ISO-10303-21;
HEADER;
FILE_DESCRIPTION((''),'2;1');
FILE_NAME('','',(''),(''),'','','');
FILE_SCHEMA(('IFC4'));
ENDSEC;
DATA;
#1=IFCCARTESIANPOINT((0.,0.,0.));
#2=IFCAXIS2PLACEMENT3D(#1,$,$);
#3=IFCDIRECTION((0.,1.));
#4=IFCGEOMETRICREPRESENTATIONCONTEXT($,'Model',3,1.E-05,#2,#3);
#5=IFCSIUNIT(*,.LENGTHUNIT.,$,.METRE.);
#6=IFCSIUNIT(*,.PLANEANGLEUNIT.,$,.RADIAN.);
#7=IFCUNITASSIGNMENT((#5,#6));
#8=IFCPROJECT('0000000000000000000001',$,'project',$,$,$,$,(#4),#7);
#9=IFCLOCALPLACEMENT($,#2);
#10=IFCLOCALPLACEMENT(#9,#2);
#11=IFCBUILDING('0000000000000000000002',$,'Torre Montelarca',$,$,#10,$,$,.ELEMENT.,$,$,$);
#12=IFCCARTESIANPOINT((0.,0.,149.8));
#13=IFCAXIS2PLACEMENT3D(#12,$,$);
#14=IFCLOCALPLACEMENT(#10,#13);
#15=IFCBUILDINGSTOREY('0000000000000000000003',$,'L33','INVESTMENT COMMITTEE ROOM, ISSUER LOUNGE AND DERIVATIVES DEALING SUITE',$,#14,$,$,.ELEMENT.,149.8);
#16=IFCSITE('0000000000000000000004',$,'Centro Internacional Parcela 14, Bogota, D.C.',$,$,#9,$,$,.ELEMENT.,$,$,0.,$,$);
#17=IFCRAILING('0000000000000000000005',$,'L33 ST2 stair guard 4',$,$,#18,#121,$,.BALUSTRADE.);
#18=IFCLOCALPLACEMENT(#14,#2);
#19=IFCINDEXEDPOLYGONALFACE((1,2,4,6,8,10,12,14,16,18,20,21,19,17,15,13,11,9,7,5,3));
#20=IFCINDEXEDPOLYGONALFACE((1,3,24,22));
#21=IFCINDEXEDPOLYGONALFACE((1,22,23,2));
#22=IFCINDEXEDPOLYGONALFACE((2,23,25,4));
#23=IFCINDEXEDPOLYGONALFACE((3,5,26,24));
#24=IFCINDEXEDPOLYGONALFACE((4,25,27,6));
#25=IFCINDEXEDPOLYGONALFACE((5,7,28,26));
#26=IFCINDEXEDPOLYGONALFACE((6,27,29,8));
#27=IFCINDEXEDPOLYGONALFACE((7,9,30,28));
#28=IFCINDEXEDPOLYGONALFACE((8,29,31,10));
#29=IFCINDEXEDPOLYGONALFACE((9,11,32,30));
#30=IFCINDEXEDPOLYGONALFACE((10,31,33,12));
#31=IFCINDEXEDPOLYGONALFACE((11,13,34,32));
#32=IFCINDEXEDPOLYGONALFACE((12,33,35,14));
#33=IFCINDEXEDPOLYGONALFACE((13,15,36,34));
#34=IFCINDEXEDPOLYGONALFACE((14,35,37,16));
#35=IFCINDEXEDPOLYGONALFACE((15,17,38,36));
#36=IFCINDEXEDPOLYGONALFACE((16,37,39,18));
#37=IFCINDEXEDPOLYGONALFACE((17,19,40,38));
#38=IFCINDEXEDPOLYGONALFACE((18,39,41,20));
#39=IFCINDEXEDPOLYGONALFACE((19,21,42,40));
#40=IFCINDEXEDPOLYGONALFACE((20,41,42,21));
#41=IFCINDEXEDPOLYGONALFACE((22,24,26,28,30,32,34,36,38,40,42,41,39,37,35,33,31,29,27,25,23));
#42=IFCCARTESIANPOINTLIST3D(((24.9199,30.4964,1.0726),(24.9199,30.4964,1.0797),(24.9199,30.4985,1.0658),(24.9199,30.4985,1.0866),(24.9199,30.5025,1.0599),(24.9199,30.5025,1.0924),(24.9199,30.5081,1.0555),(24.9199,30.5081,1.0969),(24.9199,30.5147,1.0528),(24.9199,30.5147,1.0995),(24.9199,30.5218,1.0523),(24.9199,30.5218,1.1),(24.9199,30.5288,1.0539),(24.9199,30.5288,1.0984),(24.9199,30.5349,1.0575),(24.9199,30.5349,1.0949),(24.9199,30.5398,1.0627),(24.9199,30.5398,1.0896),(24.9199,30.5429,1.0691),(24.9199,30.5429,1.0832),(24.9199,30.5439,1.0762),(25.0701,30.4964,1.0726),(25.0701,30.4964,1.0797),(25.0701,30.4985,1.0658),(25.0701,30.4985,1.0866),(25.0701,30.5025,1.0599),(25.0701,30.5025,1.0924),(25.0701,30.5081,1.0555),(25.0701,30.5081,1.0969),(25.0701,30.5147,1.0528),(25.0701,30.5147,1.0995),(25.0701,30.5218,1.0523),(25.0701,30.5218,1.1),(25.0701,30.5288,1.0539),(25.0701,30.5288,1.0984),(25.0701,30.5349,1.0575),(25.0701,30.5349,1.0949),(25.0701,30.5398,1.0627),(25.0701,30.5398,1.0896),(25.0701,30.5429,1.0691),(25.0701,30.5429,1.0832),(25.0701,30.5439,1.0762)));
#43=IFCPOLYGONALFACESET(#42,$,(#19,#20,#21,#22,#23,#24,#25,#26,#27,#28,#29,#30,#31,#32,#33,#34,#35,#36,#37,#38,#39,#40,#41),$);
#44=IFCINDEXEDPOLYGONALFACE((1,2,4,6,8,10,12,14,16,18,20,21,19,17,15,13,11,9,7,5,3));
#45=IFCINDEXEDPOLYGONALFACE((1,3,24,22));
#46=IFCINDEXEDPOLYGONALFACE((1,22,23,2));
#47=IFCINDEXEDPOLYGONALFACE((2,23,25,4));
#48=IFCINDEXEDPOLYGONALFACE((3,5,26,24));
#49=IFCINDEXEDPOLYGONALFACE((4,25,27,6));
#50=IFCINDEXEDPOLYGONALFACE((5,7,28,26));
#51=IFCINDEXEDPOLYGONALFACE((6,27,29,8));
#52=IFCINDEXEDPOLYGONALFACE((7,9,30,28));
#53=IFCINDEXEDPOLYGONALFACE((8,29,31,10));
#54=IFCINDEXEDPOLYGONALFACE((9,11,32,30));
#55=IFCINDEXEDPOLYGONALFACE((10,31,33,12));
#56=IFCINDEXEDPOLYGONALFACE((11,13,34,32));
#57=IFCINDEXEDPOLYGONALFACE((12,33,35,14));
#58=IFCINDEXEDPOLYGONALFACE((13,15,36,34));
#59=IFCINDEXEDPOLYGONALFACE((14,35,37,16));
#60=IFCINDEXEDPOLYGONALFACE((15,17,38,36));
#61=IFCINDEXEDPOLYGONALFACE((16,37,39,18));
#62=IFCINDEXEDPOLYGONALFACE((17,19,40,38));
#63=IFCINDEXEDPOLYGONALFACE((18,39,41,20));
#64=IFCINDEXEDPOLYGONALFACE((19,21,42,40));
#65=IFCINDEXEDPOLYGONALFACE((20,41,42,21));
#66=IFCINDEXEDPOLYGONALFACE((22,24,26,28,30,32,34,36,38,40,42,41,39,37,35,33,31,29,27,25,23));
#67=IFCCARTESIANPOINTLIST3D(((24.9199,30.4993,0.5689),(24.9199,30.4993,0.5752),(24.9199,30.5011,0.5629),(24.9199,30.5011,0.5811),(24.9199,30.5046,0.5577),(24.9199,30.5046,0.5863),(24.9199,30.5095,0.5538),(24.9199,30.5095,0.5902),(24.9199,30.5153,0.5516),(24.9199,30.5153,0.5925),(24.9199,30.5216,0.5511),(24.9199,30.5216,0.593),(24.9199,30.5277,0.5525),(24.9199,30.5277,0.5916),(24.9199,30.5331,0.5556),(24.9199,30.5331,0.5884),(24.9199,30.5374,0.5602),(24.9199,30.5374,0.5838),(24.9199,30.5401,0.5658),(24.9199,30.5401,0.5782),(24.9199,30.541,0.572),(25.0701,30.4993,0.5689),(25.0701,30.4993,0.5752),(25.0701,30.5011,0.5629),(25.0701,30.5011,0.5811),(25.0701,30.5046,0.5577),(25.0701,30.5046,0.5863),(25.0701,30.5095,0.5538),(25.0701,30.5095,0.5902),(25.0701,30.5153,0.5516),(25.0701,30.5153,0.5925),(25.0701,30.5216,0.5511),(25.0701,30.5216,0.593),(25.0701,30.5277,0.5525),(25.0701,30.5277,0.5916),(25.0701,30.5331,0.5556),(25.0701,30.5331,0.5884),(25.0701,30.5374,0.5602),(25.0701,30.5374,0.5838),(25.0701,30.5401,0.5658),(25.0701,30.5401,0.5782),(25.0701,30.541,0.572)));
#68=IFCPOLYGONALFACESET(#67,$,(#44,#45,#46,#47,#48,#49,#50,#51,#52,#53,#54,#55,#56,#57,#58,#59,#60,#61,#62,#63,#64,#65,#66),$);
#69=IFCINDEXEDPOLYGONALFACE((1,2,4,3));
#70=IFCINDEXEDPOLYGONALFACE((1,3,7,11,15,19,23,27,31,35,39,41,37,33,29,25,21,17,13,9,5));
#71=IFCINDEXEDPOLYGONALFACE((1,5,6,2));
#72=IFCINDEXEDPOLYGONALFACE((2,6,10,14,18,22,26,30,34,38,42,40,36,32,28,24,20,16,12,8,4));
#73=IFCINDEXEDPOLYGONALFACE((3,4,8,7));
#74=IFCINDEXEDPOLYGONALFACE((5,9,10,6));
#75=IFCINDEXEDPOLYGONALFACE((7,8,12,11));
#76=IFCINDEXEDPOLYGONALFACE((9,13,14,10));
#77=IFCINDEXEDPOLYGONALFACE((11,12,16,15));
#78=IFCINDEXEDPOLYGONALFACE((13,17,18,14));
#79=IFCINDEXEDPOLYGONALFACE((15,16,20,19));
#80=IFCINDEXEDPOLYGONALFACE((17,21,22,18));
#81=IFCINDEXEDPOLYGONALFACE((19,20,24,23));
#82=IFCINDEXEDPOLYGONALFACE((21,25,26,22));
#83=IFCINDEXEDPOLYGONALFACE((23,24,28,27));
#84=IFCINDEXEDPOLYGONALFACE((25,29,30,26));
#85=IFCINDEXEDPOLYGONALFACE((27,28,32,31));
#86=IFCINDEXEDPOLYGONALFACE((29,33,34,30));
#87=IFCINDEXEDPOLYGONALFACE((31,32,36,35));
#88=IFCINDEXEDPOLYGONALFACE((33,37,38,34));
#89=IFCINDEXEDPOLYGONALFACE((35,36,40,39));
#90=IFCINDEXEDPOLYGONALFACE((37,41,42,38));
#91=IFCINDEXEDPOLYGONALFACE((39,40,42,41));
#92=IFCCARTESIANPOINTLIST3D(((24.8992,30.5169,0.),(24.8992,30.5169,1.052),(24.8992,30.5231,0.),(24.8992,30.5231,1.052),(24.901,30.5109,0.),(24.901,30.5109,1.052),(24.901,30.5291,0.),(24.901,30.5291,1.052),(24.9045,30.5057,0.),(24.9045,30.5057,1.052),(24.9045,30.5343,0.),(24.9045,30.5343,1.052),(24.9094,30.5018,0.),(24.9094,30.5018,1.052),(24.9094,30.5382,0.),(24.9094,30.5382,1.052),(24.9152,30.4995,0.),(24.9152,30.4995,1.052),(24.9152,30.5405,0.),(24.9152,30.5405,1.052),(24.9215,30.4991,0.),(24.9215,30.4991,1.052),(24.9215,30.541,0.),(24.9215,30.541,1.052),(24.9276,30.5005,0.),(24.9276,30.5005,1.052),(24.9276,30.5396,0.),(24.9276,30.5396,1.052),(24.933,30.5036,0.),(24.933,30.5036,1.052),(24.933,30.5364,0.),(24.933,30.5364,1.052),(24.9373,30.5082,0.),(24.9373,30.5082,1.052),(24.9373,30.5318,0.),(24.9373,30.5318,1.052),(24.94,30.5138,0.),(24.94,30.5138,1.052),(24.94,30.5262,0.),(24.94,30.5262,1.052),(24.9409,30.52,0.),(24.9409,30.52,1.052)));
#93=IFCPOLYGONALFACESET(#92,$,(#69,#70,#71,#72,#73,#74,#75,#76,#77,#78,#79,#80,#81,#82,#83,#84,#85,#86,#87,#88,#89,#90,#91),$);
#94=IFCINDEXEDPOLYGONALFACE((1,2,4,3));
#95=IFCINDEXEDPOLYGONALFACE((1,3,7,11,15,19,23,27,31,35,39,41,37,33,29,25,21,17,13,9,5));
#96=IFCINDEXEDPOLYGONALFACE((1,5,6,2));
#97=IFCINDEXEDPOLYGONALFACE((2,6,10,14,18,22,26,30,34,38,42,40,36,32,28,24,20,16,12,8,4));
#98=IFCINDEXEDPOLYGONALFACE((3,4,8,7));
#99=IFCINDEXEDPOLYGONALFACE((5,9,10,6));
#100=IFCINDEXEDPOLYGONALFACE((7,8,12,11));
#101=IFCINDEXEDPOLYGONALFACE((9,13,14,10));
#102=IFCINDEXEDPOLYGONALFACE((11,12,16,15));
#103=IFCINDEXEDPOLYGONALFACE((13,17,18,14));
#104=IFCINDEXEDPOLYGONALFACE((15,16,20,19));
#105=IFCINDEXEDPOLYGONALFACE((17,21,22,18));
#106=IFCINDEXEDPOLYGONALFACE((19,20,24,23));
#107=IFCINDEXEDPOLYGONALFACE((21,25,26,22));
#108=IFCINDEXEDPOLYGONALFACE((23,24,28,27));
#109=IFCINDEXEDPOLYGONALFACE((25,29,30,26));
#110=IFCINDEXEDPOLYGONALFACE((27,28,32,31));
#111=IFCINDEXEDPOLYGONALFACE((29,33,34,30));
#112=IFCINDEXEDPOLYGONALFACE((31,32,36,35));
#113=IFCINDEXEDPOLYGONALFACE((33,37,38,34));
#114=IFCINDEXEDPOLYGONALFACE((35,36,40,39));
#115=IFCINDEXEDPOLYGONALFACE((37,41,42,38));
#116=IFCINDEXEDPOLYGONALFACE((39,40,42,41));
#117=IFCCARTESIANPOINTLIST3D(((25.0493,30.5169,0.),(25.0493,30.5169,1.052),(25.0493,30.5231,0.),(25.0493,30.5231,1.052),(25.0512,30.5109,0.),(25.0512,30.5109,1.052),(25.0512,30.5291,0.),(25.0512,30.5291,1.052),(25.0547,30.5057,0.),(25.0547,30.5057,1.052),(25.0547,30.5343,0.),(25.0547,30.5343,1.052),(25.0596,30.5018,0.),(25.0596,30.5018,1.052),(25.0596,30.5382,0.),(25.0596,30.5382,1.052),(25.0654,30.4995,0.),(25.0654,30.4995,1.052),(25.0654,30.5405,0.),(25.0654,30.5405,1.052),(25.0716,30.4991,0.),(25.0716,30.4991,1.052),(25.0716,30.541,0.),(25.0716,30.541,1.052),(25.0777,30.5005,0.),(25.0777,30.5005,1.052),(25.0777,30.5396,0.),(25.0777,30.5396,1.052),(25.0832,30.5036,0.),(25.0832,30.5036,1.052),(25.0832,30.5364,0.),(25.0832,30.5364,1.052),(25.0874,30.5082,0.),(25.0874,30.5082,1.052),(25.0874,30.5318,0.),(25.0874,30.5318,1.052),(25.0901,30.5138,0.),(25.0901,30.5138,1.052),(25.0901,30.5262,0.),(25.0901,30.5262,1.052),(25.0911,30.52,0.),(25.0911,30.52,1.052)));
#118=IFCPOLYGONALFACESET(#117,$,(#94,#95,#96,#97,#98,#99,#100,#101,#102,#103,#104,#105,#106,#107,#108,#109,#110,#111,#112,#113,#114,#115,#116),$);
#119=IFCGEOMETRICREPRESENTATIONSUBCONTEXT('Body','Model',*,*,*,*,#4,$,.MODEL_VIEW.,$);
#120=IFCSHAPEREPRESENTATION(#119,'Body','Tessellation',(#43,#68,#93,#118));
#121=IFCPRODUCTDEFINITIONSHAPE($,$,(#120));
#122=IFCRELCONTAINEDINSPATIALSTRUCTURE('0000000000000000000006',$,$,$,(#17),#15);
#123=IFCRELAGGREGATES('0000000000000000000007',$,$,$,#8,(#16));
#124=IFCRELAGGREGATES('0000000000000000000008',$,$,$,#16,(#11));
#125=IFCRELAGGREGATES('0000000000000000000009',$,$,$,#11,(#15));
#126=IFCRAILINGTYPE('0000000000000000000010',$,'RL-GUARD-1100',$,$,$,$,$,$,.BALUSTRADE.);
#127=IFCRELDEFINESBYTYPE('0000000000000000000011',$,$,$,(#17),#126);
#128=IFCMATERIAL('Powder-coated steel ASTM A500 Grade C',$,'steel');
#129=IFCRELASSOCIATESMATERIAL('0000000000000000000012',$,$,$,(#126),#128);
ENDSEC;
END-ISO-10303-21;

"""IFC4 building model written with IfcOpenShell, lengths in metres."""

from ifc_helpers import new_model, si_unit, direction, frame, origin, origin_2d, place, context, subcontext, project, spatial, circle, extrude, material, type_object, element, save


model = new_model("IFC4")

# Units and contexts
model_context = context("Model", 3, precision=1e-05, world=origin(), true_north=direction((0.0, 1.0)))
body_context = subcontext(model_context, "Body", "Model", "MODEL_VIEW")
ifc_project = project(units=[si_unit("LENGTHUNIT", "METRE"), si_unit("PLANEANGLEUNIT", "RADIAN")], contexts=[model_context])

# Site, building, storey
site_placement = place(None, origin())
site = spatial("IfcSite", under=ifc_project, at=site_placement, Name="Centro Internacional Parcela 14, Bogota, D.C.", CompositionType="ELEMENT", RefElevation=0.0)
building_placement = place(site_placement, origin())
building = spatial("IfcBuilding", under=site, at=building_placement, Name="Torre Montelarca", CompositionType="ELEMENT")
storey_placement = place(building_placement, frame((0.0, 0.0, 149.8)))
storey = spatial("IfcBuildingStorey", under=building, at=storey_placement, Name="L33", Description="INVESTMENT COMMITTEE ROOM, ISSUER LOUNGE AND DERIVATIVES DEALING SUITE", CompositionType="ELEMENT", Elevation=149.8)

# Railing
ifc_material_1 = material(Name="Powder-coated steel ASTM A500 Grade C", Category="steel")
railing_type_1 = type_object("IfcRailingType", Name="RL-GUARD-1100", PredefinedType="BALUSTRADE", material=ifc_material_1)
railing_1_placement = place(storey_placement, frame((24.9199, 30.52, 0.0)))
element("IfcRailing", 1, at=railing_1_placement, inside=storey, type_object=railing_type_1, Name="L33 ST2 stair guard 4", PredefinedType="BALUSTRADE", context=body_context, shape_type="SweptSolid", body=[
    extrude(circle(Radius=0.0239, at=origin_2d()), frame((0.0, 0.0, 1.0762), z_axis=(1.0, 0.0, 0.0), x_axis=(0.0, 1.0, 0.0)), (0.0, 0.0, 1.0), 0.1501),
    extrude(circle(Radius=0.021, at=origin_2d()), frame((0.0, 0.0, 0.572), z_axis=(1.0, 0.0, 0.0), x_axis=(0.0, 1.0, 0.0)), (0.0, 0.0, 1.0), 0.1501),
    extrude(circle(Radius=0.021, at=origin_2d()), origin(), (0.0, 0.0, 1.0), 1.052),
    extrude(circle(Radius=0.021, at=origin_2d()), frame((0.1501, 0.0, 0.0)), (0.0, 0.0, 1.0), 1.052),
])

save(model, "model.ifc")
